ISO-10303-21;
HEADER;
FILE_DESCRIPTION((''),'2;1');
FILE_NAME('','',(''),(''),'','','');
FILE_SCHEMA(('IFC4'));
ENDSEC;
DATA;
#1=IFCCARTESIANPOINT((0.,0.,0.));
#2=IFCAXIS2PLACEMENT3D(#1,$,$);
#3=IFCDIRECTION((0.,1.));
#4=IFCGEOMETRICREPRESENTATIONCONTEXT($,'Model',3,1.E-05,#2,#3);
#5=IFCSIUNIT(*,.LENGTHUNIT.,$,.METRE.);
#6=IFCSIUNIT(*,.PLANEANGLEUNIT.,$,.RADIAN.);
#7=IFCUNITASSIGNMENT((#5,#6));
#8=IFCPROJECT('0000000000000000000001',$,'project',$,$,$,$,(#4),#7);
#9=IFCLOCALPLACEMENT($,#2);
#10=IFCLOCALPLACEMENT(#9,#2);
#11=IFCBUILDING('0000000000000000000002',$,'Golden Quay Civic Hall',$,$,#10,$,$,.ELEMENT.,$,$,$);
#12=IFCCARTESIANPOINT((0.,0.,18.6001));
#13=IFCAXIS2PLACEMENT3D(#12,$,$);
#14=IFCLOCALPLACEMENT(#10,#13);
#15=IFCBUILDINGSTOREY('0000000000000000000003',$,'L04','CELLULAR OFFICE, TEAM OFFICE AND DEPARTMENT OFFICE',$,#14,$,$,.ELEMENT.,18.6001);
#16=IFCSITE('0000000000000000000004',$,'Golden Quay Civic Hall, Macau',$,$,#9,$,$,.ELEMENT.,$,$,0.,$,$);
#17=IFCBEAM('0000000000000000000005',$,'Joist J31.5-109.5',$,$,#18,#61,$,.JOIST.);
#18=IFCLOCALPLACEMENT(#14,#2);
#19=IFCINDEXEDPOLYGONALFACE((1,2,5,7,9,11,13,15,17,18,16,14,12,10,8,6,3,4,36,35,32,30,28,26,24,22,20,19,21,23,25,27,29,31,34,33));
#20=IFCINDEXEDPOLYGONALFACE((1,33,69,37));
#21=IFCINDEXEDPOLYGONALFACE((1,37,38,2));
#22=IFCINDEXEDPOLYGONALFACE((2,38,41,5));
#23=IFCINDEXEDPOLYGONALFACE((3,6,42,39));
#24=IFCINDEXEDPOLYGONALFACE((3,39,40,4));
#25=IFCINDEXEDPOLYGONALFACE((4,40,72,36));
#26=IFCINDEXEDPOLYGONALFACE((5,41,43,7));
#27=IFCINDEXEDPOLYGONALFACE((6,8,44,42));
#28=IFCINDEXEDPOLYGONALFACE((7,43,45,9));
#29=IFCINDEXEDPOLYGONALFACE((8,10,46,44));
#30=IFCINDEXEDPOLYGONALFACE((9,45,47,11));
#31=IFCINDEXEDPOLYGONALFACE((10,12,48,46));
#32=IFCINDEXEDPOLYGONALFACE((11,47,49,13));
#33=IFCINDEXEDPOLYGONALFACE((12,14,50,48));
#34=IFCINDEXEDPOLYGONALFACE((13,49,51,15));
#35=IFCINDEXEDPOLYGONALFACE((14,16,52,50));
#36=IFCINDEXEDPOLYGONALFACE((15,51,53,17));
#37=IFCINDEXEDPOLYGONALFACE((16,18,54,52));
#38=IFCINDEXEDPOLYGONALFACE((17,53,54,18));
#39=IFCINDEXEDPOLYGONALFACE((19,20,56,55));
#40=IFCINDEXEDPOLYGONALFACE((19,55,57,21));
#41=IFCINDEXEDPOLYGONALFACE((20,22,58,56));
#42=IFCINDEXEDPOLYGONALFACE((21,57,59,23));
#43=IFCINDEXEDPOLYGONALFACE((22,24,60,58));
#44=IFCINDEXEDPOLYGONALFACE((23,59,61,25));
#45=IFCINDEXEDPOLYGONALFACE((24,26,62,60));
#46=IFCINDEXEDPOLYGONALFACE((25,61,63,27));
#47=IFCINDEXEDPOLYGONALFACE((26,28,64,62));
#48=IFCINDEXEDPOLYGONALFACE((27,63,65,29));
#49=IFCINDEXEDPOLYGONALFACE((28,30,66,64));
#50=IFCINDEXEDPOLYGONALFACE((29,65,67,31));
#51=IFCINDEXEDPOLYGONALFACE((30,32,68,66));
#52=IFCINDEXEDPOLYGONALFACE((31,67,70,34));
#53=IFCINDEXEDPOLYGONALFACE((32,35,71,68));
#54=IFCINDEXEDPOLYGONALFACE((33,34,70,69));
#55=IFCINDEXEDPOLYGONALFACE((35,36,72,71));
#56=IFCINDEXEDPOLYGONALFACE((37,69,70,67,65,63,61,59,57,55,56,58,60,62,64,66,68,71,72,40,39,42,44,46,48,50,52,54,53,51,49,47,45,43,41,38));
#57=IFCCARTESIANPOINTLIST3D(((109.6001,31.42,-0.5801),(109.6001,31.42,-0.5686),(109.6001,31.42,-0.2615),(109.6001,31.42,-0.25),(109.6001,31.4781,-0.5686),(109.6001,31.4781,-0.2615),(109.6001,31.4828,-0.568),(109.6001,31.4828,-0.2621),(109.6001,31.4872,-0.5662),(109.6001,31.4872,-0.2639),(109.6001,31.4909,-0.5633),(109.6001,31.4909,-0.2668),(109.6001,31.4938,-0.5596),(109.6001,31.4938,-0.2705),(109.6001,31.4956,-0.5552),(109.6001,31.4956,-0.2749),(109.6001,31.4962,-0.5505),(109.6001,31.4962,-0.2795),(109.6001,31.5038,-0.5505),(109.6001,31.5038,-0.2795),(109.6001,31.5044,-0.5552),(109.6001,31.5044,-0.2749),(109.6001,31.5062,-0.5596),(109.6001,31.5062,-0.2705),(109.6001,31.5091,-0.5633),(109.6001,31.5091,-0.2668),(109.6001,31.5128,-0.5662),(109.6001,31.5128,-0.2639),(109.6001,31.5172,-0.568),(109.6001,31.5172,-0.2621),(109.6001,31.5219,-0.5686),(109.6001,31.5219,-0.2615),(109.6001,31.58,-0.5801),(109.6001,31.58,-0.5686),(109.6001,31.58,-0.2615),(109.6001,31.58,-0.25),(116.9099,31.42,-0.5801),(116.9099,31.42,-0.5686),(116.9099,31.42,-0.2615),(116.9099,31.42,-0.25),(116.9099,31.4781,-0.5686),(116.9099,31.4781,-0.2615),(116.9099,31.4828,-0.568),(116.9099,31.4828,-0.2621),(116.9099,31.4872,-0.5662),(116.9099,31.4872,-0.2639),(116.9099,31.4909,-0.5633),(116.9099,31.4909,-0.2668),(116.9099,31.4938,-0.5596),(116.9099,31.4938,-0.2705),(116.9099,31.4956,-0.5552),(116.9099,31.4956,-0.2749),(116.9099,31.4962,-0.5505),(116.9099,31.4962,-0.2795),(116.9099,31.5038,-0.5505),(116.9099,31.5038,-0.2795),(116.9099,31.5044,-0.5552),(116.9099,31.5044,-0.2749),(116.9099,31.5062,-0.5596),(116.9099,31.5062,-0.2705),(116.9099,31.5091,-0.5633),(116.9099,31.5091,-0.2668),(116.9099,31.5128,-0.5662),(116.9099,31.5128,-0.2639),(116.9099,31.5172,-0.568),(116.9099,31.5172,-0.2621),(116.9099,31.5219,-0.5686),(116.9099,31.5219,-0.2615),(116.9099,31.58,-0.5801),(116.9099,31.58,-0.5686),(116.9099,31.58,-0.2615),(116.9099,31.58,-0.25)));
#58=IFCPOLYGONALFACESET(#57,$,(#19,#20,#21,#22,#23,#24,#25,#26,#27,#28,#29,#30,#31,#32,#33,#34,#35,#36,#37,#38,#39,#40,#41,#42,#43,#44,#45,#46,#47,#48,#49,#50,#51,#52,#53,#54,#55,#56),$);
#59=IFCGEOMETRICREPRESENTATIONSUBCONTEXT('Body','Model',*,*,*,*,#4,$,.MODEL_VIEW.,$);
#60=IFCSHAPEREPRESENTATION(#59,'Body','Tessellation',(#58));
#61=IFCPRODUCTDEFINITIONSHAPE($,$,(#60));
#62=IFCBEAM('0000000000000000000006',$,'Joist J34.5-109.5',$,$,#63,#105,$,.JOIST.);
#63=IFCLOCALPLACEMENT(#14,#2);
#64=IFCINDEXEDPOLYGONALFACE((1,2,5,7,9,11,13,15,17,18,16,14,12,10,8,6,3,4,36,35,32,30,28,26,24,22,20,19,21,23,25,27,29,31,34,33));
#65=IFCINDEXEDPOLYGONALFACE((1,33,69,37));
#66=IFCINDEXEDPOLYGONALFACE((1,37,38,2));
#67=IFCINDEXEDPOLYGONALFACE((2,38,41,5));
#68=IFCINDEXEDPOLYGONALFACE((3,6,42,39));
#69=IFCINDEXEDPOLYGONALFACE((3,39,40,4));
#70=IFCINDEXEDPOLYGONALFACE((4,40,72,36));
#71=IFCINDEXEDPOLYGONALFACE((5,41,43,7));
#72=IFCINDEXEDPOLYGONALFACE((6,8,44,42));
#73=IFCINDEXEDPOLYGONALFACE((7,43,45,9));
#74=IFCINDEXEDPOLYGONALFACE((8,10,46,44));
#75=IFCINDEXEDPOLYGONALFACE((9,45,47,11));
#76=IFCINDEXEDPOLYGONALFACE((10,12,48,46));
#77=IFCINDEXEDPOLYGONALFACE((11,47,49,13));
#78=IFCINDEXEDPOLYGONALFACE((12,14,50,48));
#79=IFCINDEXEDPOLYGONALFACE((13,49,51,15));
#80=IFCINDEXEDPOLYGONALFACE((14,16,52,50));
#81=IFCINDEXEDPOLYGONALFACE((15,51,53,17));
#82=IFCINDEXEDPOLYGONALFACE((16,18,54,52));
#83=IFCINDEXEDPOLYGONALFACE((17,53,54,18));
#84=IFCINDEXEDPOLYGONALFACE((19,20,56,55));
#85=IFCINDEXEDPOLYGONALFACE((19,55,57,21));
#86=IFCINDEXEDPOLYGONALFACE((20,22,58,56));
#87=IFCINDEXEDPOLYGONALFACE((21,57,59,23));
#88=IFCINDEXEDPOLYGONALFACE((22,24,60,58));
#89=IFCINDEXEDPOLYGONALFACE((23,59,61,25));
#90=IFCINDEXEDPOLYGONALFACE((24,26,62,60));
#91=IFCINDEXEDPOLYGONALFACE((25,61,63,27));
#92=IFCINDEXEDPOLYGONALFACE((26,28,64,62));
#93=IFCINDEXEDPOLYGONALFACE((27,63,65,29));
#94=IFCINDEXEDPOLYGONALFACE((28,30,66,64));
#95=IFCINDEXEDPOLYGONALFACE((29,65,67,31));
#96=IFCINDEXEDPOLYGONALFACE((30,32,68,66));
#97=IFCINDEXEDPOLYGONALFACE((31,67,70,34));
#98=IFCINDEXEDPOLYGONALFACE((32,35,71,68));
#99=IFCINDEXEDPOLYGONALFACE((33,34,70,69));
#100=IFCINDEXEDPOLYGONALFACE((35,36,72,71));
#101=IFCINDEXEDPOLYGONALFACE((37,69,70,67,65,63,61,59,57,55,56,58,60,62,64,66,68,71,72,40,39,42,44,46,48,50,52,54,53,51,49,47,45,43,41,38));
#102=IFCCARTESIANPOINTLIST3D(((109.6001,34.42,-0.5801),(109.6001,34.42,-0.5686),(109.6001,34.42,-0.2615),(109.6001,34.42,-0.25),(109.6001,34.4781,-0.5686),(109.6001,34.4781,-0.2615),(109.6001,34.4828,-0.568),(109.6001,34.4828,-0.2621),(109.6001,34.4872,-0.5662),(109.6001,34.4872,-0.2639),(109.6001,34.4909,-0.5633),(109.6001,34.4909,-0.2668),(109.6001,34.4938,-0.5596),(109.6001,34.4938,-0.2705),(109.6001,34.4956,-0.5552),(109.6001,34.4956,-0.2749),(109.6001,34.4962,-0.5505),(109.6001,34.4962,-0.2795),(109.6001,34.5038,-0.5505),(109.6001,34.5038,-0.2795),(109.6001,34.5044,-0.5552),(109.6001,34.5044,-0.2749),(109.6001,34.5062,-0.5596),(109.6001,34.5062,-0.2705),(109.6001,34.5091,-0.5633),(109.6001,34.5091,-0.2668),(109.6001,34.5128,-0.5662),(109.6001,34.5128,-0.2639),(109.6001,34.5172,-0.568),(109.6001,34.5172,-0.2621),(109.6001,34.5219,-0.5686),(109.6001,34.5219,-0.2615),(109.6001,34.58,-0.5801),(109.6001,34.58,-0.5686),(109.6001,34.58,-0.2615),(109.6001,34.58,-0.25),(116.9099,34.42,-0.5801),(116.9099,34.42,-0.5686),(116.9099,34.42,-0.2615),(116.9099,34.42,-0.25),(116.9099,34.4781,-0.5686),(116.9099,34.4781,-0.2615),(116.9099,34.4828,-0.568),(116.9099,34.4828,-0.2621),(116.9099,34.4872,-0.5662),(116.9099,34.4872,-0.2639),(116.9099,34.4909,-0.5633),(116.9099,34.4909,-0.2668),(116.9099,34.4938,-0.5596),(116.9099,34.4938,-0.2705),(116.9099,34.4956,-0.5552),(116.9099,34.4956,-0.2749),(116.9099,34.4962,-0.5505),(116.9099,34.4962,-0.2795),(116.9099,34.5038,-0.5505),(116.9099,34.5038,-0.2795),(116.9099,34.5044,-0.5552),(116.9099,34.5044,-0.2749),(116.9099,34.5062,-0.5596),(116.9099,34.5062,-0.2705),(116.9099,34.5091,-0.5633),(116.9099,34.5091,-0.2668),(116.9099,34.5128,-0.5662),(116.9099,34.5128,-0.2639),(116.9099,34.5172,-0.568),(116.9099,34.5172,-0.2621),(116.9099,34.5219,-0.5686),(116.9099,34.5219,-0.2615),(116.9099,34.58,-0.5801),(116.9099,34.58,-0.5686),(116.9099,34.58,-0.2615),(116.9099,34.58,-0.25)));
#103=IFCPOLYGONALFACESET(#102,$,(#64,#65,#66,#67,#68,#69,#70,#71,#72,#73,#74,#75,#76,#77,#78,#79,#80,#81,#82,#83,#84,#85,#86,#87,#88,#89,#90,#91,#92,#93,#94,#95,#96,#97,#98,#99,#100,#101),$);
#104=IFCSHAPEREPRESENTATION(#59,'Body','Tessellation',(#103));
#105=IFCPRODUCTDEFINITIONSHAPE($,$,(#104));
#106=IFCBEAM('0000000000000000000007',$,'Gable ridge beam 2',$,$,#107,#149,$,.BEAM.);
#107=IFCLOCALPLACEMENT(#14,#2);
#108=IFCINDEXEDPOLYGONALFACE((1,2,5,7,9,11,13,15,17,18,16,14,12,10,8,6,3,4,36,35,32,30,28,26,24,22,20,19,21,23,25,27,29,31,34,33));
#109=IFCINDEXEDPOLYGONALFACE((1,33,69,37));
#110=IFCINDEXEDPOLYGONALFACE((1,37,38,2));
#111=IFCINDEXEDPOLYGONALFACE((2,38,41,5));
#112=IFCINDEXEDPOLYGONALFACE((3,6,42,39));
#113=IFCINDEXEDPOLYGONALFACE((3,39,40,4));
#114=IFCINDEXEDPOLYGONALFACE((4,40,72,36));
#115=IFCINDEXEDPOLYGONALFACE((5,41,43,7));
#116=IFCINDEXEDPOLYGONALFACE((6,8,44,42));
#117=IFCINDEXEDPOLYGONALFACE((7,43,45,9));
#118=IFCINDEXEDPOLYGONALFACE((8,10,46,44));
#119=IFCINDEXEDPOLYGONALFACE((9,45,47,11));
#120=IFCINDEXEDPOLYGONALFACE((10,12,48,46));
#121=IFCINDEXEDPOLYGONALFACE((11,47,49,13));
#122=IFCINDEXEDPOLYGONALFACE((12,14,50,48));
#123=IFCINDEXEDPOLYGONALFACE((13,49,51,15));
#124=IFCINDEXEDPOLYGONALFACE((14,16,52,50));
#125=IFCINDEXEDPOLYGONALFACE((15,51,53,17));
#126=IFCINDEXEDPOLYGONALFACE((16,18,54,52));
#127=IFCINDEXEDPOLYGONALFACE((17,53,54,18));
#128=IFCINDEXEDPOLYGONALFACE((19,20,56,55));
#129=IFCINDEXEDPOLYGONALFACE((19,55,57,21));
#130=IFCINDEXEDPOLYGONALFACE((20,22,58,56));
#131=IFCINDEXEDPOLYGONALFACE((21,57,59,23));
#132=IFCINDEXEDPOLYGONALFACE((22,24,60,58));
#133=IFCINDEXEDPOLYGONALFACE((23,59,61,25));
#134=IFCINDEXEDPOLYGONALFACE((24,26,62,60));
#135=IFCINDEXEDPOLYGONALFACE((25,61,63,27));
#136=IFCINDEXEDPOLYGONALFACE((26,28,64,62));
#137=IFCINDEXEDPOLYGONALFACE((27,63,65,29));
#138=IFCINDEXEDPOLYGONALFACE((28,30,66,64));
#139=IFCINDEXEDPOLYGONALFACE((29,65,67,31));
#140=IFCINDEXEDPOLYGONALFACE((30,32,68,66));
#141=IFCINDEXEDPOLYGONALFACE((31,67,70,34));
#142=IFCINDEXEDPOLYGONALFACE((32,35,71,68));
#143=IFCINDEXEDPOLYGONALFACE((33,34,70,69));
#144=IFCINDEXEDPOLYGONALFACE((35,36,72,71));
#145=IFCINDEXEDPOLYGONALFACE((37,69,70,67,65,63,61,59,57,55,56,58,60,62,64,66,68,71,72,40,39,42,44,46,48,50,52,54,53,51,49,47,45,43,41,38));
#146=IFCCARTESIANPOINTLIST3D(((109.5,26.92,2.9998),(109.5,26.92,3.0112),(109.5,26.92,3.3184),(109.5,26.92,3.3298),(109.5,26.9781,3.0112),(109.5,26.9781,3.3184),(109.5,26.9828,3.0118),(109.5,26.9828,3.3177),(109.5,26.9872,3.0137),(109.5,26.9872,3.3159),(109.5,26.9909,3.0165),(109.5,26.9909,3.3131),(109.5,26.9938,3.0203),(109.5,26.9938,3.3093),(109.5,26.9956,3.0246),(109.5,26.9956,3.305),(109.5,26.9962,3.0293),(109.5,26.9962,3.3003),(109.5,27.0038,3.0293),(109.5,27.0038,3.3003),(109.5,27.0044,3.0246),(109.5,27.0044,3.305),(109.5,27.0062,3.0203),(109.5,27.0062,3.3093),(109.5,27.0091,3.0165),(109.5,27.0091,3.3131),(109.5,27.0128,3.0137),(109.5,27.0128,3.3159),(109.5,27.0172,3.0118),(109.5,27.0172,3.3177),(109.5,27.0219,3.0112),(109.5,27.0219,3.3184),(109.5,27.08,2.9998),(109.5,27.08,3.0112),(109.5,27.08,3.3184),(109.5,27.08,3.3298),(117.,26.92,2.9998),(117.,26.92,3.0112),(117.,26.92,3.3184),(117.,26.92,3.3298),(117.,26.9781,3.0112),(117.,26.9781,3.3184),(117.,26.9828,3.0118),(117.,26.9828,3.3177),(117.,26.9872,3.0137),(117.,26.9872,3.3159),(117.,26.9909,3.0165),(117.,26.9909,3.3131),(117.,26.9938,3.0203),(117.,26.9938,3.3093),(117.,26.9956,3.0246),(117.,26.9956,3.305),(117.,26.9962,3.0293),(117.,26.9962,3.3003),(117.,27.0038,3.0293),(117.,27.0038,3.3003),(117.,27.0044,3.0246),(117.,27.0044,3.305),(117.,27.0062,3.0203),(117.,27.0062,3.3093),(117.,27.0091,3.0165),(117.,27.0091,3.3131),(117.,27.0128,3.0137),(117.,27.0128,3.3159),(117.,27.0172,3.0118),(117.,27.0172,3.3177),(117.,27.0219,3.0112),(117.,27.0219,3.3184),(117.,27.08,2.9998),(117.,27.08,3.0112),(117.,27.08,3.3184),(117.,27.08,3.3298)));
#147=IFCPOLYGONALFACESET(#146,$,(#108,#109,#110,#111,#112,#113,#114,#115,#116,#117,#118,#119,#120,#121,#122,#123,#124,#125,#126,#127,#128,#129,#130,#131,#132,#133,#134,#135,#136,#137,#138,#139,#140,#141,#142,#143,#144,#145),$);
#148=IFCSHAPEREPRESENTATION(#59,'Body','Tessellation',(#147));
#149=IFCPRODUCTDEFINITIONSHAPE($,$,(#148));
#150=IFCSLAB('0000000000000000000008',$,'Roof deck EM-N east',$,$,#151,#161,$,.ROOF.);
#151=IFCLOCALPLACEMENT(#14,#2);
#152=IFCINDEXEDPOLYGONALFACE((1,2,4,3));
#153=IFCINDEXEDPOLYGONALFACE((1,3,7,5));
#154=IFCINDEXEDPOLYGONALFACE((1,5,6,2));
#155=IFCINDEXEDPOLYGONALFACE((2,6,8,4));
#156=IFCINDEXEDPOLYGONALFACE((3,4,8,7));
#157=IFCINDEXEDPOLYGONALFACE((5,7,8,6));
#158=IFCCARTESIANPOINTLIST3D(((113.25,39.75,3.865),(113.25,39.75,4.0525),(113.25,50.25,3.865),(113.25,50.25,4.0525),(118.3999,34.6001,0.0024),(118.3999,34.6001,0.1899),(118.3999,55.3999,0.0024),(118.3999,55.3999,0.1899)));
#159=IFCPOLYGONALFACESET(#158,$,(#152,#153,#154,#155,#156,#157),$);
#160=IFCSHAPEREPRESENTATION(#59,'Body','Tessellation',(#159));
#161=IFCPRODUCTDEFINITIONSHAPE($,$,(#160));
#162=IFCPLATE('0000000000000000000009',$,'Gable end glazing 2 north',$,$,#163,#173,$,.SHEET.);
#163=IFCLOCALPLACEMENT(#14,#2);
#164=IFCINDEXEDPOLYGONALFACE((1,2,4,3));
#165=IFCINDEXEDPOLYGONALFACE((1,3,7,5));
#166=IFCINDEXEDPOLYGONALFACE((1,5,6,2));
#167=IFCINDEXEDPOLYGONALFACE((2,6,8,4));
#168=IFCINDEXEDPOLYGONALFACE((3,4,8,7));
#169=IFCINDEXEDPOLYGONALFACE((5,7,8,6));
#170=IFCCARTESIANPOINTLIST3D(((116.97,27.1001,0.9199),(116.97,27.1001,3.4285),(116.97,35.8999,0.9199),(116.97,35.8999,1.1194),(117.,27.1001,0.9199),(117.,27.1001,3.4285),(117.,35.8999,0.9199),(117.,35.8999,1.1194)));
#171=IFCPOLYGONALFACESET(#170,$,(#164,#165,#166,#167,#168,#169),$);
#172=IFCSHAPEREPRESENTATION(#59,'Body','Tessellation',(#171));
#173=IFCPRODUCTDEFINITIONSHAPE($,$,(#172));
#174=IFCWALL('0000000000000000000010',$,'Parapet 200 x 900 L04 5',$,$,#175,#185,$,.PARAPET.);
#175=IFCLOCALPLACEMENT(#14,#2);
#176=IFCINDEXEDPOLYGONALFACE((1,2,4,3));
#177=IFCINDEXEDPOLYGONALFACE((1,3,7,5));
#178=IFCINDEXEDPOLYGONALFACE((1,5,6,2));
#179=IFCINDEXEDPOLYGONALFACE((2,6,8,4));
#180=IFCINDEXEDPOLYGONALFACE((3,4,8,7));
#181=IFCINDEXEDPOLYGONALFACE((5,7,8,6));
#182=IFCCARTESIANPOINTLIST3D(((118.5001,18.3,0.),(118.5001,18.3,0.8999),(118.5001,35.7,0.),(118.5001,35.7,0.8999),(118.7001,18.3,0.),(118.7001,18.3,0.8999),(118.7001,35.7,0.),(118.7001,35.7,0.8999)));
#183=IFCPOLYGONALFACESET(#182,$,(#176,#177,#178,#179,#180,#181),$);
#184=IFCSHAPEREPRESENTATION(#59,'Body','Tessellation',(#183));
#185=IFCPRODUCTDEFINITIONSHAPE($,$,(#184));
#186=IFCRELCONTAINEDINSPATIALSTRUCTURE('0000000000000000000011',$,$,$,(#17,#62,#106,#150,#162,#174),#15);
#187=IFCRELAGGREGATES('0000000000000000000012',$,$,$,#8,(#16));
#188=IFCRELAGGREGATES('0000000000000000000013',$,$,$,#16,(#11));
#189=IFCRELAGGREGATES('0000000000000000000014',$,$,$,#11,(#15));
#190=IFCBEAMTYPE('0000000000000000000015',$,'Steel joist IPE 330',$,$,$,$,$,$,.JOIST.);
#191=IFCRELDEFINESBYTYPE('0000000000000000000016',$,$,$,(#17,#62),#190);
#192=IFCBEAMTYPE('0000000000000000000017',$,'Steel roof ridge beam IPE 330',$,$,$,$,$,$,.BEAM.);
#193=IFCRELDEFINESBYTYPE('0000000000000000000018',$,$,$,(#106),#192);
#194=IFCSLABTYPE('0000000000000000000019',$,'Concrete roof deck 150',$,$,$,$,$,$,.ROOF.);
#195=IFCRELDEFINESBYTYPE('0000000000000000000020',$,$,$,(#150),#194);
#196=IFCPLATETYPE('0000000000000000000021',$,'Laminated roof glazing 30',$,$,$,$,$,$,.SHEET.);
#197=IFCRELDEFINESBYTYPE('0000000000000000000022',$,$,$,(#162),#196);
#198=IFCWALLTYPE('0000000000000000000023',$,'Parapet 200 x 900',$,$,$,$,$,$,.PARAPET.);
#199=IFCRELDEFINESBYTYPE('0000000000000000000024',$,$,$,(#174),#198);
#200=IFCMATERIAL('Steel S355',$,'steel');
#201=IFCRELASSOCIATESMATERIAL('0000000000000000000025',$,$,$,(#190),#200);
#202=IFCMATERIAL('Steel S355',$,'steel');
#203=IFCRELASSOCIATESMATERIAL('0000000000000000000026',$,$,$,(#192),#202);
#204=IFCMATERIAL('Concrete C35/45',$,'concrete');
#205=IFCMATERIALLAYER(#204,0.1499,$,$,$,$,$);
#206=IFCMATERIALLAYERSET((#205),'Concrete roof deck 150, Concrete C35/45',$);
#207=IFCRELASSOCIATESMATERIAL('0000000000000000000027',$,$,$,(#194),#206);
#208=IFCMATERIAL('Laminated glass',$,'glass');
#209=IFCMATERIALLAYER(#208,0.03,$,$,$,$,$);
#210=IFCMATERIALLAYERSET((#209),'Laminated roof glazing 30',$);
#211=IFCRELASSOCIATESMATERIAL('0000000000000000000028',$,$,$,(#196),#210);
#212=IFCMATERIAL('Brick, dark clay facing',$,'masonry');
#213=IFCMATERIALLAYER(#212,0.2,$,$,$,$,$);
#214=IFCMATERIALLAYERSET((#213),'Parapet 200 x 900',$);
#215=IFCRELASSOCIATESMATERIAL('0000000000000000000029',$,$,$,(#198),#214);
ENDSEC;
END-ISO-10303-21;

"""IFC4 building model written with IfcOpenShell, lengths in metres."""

from ifc_helpers import new_model, si_unit, direction, frame, frame_2d, origin, origin_2d, place, context, subcontext, project, spatial, polyline, rectangle, i_section, outline, extrude, material, layer, layer_set, material_profile, profile_set, type_object, element, save


model = new_model("IFC4")

# Units and contexts
model_context = context("Model", 3, precision=1e-05, world=origin(), true_north=direction((0.0, 1.0)))
body_context = subcontext(model_context, "Body", "Model", "MODEL_VIEW")
ifc_project = project(units=[si_unit("LENGTHUNIT", "METRE"), si_unit("PLANEANGLEUNIT", "RADIAN")], contexts=[model_context])

# Site, building, storey
site_placement = place(None, origin())
site = spatial("IfcSite", under=ifc_project, at=site_placement, Name="Golden Quay Civic Hall, Macau", CompositionType="ELEMENT", RefElevation=0.0)
building_placement = place(site_placement, origin())
building = spatial("IfcBuilding", under=site, at=building_placement, Name="Golden Quay Civic Hall", CompositionType="ELEMENT")
storey_placement = place(building_placement, frame((0.0, 0.0, 18.6001)))
storey = spatial("IfcBuildingStorey", under=building, at=storey_placement, Name="L04", Description="CELLULAR OFFICE, TEAM OFFICE AND DEPARTMENT OFFICE", CompositionType="ELEMENT", Elevation=18.6001)

# Beams
ifc_material_1 = material(Name="Steel S355", Category="steel")
ifc_material_profile_1 = material_profile(ifc_material_1, i_section(OverallWidth=0.1599, OverallDepth=0.3301, WebThickness=0.0076, FlangeThickness=0.0115, FilletRadius=0.0181, at=origin_2d()), Name="IPE 330")
ifc_profile_set_1 = profile_set([ifc_material_profile_1], Name="Steel S355")
beam_type_1 = type_object("IfcBeamType", Name="Steel joist IPE 330", PredefinedType="JOIST", material=ifc_profile_set_1)
for number, where, z_axis, x_axis, name in (
    (1, (109.6001, 31.5, -0.415), (1.0, 0.0, 0.0), (0.0, 1.0, 0.0), "Joist J31.5-109.5"),
    (2, (109.6001, 34.5, -0.415), (1.0, 0.0, 0.0), (0.0, 1.0, 0.0), "Joist J34.5-109.5"),
):
    element("IfcBeam", number, at=place(storey_placement, frame(where, z_axis=z_axis, x_axis=x_axis)), inside=storey, type_object=beam_type_1, Name=name, PredefinedType="JOIST", context=body_context, shape_type="SweptSolid", body=[
        extrude(i_section(OverallWidth=0.1599, OverallDepth=0.3301, WebThickness=0.0076, FlangeThickness=0.0115, FilletRadius=0.0181, at=origin_2d()), origin(), (0.0, 0.0, 1.0), 7.3098),
    ])
ifc_material_2 = material(Name="Steel S355", Category="steel")
ifc_material_profile_2 = material_profile(ifc_material_2, i_section(OverallWidth=0.1599, OverallDepth=0.3301, WebThickness=0.0076, FlangeThickness=0.0115, FilletRadius=0.0181, at=origin_2d()), Name="IPE 330")
ifc_profile_set_2 = profile_set([ifc_material_profile_2], Name="Steel S355")
beam_type_2 = type_object("IfcBeamType", Name="Steel roof ridge beam IPE 330", PredefinedType="BEAM", material=ifc_profile_set_2)
beam_1_placement = place(storey_placement, frame((109.5, 27.0, 3.1648), z_axis=(1.0, 0.0, 0.0), x_axis=(0.0, 1.0, 0.0)))
element("IfcBeam", 3, at=beam_1_placement, inside=storey, type_object=beam_type_2, Name="Gable ridge beam 2", PredefinedType="BEAM", context=body_context, shape_type="SweptSolid", body=[
    extrude(i_section(OverallWidth=0.1599, OverallDepth=0.3301, WebThickness=0.0076, FlangeThickness=0.0115, FilletRadius=0.0181, at=origin_2d()), origin(), (0.0, 0.0, 1.0), 7.5),
])

# Slab
ifc_material_3 = material(Name="Concrete C35/45", Category="concrete")
ifc_layer_1 = layer(ifc_material_3, 0.1499)
ifc_layer_set_1 = layer_set([ifc_layer_1], Name="Concrete roof deck 150, Concrete C35/45")
slab_type = type_object("IfcSlabType", Name="Concrete roof deck 150", PredefinedType="ROOF", material=ifc_layer_set_1)
slab_placement = place(storey_placement, frame((118.3999, 34.6001, 0.1899), z_axis=(0.600012, 0.0, 0.799991), x_axis=(0.0, 1.0, 0.0)))
element("IfcSlab", 4, at=slab_placement, inside=storey, type_object=slab_type, Name="Roof deck EM-N east", PredefinedType="ROOF", context=body_context, shape_type="SweptSolid", body=[
    extrude(outline(polyline([(0.0, 0.0), (20.7998, 0.0), (15.6499, 6.4375), (5.1499, 6.4375), (0.0, 0.0)])), origin(), (0.0, -0.600012, -0.799991), 0.1875),
])

# Plate
ifc_material_4 = material(Name="Laminated glass", Category="glass")
ifc_layer_2 = layer(ifc_material_4, 0.03)
ifc_layer_set_2 = layer_set([ifc_layer_2], Name="Laminated roof glazing 30")
plate_type = type_object("IfcPlateType", Name="Laminated roof glazing 30", PredefinedType="SHEET", material=ifc_layer_set_2)
plate_placement = place(storey_placement, frame((117.0, 27.1001, 0.9199), z_axis=(1.0, 0.0, 0.0), x_axis=(0.0, 1.0, 0.0)))
element("IfcPlate", 5, at=plate_placement, inside=storey, type_object=plate_type, Name="Gable end glazing 2 north", PredefinedType="SHEET", context=body_context, shape_type="SweptSolid", body=[
    extrude(outline(polyline([(0.0, 0.0), (8.7998, 0.0), (8.7998, 0.1995), (0.0, 2.5085), (0.0, 0.0)])), origin(), (0.0, 0.0, -1.0), 0.03),
])

# Wall
ifc_material_5 = material(Name="Brick, dark clay facing", Category="masonry")
ifc_layer_3 = layer(ifc_material_5, 0.2)
ifc_layer_set_3 = layer_set([ifc_layer_3], Name="Parapet 200 x 900")
wall_type = type_object("IfcWallType", Name="Parapet 200 x 900", PredefinedType="PARAPET", material=ifc_layer_set_3)
wall_placement = place(storey_placement, frame((118.6001, 35.7, 0.0), z_axis=(0.0, 0.0, 1.0), x_axis=(0.0, -1.0, 0.0)))
element("IfcWall", 6, at=wall_placement, inside=storey, type_object=wall_type, Name="Parapet 200 x 900 L04 5", PredefinedType="PARAPET", context=body_context, shape_type="SweptSolid", body=[
    extrude(rectangle(XDim=17.3999, YDim=0.2, at=frame_2d((8.7, 0.0))), origin(), (0.0, 0.0, 1.0), 0.8999),
])

save(model, "model.ifc")
